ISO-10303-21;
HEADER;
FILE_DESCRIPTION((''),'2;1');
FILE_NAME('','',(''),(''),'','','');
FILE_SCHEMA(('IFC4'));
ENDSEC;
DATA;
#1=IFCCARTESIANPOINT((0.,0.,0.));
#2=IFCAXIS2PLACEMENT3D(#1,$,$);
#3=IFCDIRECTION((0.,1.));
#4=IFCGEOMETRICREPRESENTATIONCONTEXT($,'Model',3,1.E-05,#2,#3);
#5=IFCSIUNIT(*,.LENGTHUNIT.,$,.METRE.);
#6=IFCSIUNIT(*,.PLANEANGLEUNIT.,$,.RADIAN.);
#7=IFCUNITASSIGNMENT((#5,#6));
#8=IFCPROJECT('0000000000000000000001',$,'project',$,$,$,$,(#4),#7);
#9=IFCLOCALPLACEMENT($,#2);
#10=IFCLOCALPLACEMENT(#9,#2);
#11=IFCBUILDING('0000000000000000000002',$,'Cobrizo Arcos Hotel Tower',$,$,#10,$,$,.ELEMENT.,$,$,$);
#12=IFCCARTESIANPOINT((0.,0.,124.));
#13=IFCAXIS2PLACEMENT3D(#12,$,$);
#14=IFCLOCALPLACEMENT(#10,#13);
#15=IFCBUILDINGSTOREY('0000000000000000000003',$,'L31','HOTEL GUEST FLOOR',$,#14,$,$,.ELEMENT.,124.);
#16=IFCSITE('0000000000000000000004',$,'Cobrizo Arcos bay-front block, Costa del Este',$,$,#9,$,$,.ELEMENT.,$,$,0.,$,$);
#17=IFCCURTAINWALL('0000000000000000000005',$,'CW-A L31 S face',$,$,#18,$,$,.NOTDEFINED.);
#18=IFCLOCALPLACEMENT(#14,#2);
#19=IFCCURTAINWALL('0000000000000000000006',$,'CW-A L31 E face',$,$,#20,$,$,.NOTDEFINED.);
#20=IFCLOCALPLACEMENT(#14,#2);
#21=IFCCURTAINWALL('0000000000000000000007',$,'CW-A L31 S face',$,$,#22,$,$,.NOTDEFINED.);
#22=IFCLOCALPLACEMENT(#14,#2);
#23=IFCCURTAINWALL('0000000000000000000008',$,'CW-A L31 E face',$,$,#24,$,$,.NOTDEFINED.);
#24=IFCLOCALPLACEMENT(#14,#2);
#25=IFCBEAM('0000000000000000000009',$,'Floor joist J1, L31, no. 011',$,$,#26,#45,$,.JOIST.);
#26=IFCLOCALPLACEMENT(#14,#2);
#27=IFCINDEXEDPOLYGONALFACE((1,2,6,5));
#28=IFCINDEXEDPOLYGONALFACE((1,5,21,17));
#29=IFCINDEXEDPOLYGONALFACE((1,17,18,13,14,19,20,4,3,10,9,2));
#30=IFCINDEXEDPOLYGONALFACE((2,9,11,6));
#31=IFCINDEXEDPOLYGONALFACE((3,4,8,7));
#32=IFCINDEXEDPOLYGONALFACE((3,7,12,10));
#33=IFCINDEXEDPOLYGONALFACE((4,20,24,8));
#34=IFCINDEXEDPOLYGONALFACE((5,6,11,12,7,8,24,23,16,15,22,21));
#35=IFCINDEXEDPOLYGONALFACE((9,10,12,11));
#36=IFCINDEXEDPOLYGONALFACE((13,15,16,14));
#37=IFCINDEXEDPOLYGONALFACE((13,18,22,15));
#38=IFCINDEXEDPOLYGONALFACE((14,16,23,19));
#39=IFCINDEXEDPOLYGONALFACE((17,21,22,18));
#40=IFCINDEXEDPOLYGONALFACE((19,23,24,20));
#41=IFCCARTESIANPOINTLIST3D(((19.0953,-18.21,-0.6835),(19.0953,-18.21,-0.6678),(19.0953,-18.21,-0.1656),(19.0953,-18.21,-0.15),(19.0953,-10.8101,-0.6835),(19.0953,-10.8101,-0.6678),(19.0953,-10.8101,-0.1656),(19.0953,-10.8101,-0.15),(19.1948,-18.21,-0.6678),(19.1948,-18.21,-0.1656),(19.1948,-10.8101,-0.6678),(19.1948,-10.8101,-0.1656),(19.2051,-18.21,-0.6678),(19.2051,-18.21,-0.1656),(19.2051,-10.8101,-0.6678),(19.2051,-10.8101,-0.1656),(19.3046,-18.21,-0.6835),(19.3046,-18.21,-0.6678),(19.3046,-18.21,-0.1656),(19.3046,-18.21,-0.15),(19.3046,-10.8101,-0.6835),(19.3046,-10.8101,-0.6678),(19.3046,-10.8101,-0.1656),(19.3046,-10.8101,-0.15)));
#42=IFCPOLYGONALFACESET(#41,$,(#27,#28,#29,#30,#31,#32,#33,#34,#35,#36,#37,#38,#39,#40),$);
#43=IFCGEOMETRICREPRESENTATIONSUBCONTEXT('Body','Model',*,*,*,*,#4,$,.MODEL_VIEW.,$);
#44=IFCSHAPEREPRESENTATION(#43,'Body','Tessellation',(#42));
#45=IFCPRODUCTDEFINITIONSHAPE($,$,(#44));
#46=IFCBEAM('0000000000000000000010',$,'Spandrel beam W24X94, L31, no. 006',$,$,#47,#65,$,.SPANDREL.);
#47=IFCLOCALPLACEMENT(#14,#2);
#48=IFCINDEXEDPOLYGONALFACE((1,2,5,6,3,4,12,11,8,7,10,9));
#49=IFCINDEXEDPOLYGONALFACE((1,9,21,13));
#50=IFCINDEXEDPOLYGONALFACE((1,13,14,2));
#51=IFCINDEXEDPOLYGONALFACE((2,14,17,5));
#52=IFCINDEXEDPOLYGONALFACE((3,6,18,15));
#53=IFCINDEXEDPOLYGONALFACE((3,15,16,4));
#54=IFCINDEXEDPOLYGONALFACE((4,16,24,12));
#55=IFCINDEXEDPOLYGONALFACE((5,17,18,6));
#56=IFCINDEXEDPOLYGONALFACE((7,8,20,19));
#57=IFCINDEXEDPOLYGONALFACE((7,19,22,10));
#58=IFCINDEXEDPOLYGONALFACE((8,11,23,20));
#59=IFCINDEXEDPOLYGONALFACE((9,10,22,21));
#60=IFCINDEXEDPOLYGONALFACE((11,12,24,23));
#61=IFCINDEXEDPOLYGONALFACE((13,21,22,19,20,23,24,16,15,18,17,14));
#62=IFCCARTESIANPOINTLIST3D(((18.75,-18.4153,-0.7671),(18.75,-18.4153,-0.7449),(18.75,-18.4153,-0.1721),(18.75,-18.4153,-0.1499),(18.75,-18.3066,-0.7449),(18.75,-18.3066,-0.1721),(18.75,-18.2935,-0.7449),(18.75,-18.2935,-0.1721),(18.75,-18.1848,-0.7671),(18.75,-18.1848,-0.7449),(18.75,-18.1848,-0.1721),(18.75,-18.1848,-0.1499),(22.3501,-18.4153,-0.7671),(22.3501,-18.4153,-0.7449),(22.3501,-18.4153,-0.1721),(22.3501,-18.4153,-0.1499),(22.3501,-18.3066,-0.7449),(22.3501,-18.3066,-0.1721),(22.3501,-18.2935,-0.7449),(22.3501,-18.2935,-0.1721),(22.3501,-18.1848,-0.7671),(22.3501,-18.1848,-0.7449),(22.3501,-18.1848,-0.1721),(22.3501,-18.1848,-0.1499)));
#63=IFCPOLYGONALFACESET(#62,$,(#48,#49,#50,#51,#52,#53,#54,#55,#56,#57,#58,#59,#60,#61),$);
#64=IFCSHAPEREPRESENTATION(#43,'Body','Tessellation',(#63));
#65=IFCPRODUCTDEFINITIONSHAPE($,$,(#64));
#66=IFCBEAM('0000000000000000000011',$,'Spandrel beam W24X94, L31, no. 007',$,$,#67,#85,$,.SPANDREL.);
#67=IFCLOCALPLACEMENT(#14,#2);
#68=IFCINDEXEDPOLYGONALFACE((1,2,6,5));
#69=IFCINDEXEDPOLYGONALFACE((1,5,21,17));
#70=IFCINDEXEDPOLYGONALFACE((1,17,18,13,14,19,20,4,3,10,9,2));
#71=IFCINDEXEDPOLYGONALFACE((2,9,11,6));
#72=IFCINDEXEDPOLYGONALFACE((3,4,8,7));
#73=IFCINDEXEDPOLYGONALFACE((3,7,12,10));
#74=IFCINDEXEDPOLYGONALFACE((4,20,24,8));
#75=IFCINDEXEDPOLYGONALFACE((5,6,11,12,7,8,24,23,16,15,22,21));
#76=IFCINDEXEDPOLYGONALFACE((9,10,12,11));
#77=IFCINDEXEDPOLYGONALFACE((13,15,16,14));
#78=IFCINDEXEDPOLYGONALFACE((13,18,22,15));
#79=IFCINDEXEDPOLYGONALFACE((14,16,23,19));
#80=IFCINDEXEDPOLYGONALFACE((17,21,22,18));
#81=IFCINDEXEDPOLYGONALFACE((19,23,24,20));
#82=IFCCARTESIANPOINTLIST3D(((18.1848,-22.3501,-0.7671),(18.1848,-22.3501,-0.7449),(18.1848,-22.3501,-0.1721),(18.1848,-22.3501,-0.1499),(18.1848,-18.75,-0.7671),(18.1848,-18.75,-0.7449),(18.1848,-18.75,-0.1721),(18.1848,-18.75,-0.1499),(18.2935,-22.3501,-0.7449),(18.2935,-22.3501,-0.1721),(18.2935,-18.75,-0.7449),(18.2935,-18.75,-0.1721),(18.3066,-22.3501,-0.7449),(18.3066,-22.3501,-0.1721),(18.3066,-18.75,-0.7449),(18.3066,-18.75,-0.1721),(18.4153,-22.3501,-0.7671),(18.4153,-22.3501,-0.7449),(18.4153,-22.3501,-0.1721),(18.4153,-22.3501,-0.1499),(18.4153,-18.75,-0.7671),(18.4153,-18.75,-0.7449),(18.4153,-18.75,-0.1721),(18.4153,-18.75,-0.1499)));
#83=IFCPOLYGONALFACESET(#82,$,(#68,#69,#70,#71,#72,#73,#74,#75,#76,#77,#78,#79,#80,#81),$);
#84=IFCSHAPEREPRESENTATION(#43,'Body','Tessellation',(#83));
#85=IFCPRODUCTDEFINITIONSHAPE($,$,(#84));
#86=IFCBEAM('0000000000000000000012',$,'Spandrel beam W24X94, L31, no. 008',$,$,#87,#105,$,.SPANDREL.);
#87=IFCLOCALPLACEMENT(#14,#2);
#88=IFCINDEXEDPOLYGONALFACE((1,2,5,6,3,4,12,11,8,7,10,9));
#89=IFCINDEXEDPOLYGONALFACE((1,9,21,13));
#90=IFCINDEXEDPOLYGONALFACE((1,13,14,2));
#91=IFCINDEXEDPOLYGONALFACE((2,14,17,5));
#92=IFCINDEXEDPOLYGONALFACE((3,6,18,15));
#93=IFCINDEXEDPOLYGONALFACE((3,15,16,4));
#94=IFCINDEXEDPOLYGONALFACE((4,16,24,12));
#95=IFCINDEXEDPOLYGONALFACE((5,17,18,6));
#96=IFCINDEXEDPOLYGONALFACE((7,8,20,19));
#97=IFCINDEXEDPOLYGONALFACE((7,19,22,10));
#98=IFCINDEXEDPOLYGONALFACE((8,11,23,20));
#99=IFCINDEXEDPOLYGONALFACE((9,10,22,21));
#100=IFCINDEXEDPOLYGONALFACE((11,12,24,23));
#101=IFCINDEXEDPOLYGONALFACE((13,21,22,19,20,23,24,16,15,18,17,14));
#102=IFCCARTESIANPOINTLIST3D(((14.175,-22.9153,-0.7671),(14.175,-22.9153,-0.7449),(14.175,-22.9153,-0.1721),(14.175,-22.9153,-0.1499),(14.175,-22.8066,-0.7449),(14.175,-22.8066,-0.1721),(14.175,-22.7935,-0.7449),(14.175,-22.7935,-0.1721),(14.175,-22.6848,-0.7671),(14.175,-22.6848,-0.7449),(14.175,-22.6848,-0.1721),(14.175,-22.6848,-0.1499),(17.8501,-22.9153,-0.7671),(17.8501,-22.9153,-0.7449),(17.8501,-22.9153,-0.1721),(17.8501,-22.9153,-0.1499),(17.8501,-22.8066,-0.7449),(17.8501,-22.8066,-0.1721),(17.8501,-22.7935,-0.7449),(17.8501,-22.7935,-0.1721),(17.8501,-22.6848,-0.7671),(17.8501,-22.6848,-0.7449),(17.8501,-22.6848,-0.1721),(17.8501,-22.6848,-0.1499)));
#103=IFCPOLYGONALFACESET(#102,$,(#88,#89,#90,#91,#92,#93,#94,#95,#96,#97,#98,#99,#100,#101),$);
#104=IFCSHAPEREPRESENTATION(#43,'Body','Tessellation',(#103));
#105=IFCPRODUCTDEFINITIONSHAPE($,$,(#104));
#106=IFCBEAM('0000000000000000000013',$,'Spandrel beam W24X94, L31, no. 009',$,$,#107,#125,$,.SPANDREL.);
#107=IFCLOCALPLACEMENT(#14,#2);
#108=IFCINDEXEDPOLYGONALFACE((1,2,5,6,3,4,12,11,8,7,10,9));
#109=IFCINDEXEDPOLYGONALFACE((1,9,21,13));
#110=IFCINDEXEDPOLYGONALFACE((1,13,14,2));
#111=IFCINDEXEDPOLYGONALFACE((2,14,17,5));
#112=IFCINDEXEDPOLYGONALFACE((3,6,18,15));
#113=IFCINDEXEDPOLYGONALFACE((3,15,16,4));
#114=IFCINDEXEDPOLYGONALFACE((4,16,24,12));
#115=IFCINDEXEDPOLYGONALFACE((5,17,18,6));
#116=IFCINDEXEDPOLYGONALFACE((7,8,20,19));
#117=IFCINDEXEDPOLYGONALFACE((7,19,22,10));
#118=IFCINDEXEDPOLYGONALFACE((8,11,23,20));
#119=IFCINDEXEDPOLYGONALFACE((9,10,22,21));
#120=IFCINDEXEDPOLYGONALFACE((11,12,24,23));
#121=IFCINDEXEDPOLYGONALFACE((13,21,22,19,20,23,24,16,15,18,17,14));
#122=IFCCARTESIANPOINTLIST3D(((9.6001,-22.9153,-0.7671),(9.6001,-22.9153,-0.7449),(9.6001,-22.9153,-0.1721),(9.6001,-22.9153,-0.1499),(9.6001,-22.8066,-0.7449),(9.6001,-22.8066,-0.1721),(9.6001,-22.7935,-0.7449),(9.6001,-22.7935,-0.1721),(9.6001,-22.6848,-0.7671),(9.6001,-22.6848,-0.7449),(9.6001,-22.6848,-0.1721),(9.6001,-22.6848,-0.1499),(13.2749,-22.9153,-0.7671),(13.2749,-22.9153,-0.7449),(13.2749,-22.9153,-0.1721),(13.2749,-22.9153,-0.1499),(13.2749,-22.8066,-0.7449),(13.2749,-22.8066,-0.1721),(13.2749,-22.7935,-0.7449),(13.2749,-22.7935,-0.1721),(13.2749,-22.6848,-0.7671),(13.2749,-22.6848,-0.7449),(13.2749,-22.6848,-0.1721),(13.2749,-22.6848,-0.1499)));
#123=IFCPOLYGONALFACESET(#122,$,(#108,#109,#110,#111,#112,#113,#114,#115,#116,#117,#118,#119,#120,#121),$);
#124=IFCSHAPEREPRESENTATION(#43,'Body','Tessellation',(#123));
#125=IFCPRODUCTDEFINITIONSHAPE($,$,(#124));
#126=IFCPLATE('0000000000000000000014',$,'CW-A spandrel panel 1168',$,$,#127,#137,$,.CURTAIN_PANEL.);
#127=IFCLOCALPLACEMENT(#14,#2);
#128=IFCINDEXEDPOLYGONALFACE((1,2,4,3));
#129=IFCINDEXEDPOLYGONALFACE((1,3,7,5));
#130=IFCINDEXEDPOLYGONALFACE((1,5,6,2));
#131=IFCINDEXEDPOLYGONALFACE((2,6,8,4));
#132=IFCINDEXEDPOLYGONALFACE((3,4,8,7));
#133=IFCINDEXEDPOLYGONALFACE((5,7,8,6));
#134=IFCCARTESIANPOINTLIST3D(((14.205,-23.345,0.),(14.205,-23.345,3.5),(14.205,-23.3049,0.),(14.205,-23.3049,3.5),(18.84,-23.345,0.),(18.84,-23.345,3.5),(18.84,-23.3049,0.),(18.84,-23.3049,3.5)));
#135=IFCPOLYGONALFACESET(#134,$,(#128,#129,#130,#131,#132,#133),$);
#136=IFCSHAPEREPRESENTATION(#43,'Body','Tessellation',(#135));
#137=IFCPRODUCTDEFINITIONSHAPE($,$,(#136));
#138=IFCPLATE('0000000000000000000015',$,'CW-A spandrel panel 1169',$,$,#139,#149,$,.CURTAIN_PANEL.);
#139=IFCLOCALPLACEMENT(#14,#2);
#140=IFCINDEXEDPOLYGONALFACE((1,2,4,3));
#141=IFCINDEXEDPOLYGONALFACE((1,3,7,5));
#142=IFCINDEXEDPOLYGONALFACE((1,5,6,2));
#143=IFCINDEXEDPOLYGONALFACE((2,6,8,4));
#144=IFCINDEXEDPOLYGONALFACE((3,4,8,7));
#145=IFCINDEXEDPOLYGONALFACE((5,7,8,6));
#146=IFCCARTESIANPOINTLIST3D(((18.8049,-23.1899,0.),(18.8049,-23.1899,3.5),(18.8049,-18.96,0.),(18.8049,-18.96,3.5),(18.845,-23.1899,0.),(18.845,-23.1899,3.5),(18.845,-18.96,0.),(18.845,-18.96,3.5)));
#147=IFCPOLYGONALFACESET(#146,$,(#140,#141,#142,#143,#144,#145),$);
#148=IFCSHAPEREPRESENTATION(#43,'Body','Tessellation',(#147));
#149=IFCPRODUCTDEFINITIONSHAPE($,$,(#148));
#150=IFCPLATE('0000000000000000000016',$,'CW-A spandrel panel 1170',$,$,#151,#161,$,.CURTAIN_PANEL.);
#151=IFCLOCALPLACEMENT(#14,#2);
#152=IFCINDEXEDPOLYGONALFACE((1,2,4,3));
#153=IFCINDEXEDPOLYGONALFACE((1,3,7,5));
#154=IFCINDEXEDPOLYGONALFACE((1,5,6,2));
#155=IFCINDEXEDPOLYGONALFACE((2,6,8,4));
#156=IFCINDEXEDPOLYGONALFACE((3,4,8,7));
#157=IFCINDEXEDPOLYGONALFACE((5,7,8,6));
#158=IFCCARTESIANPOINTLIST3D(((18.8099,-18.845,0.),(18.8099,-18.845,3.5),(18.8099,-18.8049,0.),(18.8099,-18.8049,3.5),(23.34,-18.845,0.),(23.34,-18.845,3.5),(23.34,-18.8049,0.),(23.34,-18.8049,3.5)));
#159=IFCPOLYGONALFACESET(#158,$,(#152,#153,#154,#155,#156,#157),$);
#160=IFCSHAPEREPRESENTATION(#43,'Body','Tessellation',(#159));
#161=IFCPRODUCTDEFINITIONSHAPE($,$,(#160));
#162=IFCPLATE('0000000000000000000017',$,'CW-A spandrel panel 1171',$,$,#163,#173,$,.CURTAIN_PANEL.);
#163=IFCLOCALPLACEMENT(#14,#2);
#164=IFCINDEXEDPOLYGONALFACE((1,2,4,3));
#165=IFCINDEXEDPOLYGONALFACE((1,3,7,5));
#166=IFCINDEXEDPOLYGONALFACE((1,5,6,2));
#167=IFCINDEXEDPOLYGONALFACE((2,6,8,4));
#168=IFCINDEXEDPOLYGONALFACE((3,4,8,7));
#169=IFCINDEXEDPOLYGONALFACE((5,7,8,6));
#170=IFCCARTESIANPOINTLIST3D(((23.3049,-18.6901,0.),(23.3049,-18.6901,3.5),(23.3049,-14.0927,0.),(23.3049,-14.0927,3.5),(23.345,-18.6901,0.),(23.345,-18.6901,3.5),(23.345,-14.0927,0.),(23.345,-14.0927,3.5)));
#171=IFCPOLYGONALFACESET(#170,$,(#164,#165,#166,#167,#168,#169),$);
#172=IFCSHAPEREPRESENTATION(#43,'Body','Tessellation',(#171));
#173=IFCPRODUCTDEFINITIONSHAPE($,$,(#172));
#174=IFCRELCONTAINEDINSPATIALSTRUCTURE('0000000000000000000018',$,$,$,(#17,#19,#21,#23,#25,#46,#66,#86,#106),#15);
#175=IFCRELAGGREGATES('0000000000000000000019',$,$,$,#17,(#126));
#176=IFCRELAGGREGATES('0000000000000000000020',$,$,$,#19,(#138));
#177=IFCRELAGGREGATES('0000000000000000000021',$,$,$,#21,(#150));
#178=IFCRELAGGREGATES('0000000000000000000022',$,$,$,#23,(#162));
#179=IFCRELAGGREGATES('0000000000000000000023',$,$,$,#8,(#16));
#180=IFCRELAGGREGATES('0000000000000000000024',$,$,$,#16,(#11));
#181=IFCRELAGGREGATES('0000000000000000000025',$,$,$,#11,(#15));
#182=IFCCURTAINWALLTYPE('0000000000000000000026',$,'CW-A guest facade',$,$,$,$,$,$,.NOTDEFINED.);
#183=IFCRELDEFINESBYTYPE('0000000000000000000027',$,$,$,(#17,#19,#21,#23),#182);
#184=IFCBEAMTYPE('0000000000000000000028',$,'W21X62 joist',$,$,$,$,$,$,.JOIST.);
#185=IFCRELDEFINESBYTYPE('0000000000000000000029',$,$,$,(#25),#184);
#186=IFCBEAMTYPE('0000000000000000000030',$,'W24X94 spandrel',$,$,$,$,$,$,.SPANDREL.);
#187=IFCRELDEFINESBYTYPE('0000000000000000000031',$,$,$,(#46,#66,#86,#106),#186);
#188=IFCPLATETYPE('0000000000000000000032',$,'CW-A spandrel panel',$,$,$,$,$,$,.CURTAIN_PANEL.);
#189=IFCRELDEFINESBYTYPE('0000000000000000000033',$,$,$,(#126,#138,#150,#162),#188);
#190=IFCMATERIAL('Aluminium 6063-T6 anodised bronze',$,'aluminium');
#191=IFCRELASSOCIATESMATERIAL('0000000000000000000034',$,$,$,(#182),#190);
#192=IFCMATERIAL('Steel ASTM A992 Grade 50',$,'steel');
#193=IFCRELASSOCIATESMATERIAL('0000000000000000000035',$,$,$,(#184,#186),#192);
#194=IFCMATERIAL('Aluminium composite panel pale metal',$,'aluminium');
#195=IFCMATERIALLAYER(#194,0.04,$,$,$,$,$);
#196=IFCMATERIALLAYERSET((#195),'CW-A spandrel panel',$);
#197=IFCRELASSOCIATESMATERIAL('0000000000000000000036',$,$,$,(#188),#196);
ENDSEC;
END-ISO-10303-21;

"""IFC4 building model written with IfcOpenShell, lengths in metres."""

from ifc_helpers import new_model, si_unit, direction, frame, origin, origin_2d, place, context, subcontext, project, spatial, rectangle, i_section, extrude, material, layer, layer_set, material_profile, profile_set, type_object, element, aggregate, save


model = new_model("IFC4")

# Units and contexts
model_context = context("Model", 3, precision=1e-05, world=origin(), true_north=direction((0.0, 1.0)))
body_context = subcontext(model_context, "Body", "Model", "MODEL_VIEW")
ifc_project = project(units=[si_unit("LENGTHUNIT", "METRE"), si_unit("PLANEANGLEUNIT", "RADIAN")], contexts=[model_context])

# Site, building, storey
site_placement = place(None, origin())
site = spatial("IfcSite", under=ifc_project, at=site_placement, Name="Cobrizo Arcos bay-front block, Costa del Este", CompositionType="ELEMENT", RefElevation=0.0)
building_placement = place(site_placement, origin())
building = spatial("IfcBuilding", under=site, at=building_placement, Name="Cobrizo Arcos Hotel Tower", CompositionType="ELEMENT")
storey_placement = place(building_placement, frame((0.0, 0.0, 124.0)))
storey = spatial("IfcBuildingStorey", under=building, at=storey_placement, Name="L31", Description="HOTEL GUEST FLOOR", CompositionType="ELEMENT", Elevation=124.0)

# Curtain walls
ifc_material_1 = material(Name="Aluminium 6063-T6 anodised bronze", Category="aluminium")
curtain_wall_type = type_object("IfcCurtainWallType", Name="CW-A guest facade", PredefinedType="NOTDEFINED", material=ifc_material_1)
curtain_wall_1_placement = place(storey_placement, origin())
curtain_wall_1 = element("IfcCurtainWall", 1, at=curtain_wall_1_placement, inside=storey, type_object=curtain_wall_type, Name="CW-A L31 S face", PredefinedType="NOTDEFINED")
curtain_wall_2_placement = place(storey_placement, origin())
curtain_wall_2 = element("IfcCurtainWall", 2, at=curtain_wall_2_placement, inside=storey, type_object=curtain_wall_type, Name="CW-A L31 E face", PredefinedType="NOTDEFINED")
curtain_wall_3_placement = place(storey_placement, origin())
curtain_wall_3 = element("IfcCurtainWall", 3, at=curtain_wall_3_placement, inside=storey, type_object=curtain_wall_type, Name="CW-A L31 S face", PredefinedType="NOTDEFINED")

# Curtain wall
curtain_wall_4_placement = place(storey_placement, origin())
curtain_wall_4 = element("IfcCurtainWall", 4, at=curtain_wall_4_placement, inside=storey, type_object=curtain_wall_type, Name="CW-A L31 E face", PredefinedType="NOTDEFINED")

# Beams
ifc_material_2 = material(Name="Steel ASTM A992 Grade 50", Category="steel")
ifc_material_profile_1 = material_profile(ifc_material_2, i_section(OverallWidth=0.2092, OverallDepth=0.5334, WebThickness=0.0103, FlangeThickness=0.0156, at=origin_2d()), Name="W21X62")
ifc_profile_set_1 = profile_set([ifc_material_profile_1], Name="Steel ASTM A992 Grade 50")
beam_type_1 = type_object("IfcBeamType", Name="W21X62 joist", PredefinedType="JOIST", material=ifc_profile_set_1)
beam_1_placement = place(storey_placement, frame((19.2, -18.21, -0.4167), z_axis=(0.0, 1.0, 0.0), x_axis=(-1.0, 0.0, 0.0)))
element("IfcBeam", 5, at=beam_1_placement, inside=storey, type_object=beam_type_1, Name="Floor joist J1, L31, no. 011", PredefinedType="JOIST", context=body_context, shape_type="SweptSolid", body=[
    extrude(i_section(OverallWidth=0.2092, OverallDepth=0.5334, WebThickness=0.0103, FlangeThickness=0.0156, at=origin_2d()), origin(), (0.0, 0.0, 1.0), 7.3999),
])
ifc_material_profile_2 = material_profile(ifc_material_2, i_section(OverallWidth=0.2305, OverallDepth=0.6172, WebThickness=0.0132, FlangeThickness=0.0222, at=origin_2d()), Name="W24X94")
ifc_profile_set_2 = profile_set([ifc_material_profile_2], Name="Steel ASTM A992 Grade 50")
beam_type_2 = type_object("IfcBeamType", Name="W24X94 spandrel", PredefinedType="SPANDREL", material=ifc_profile_set_2)
for number, where, z_axis, x_axis, name in (
    (6, (22.3501, -18.3, -0.4585), (-1.0, 0.0, 0.0), (0.0, -1.0, 0.0), "Spandrel beam W24X94, L31, no. 006"),
    (7, (18.3, -18.75, -0.4585), (0.0, -1.0, 0.0), (1.0, 0.0, 0.0), "Spandrel beam W24X94, L31, no. 007"),
):
    element("IfcBeam", number, at=place(storey_placement, frame(where, z_axis=z_axis, x_axis=x_axis)), inside=storey, type_object=beam_type_2, Name=name, PredefinedType="SPANDREL", context=body_context, shape_type="SweptSolid", body=[
        extrude(i_section(OverallWidth=0.2305, OverallDepth=0.6172, WebThickness=0.0132, FlangeThickness=0.0222, at=origin_2d()), origin(), (0.0, 0.0, 1.0), 3.6001),
    ])
beam_2_placement = place(storey_placement, frame((17.8501, -22.8, -0.4585), z_axis=(-1.0, 0.0, 0.0), x_axis=(0.0, -1.0, 0.0)))
element("IfcBeam", 8, at=beam_2_placement, inside=storey, type_object=beam_type_2, Name="Spandrel beam W24X94, L31, no. 008", PredefinedType="SPANDREL", context=body_context, shape_type="SweptSolid", body=[
    extrude(i_section(OverallWidth=0.2305, OverallDepth=0.6172, WebThickness=0.0132, FlangeThickness=0.0222, at=origin_2d()), origin(), (0.0, 0.0, 1.0), 3.675),
])
beam_3_placement = place(storey_placement, frame((13.2749, -22.8, -0.4585), z_axis=(-1.0, 0.0, 0.0), x_axis=(0.0, -1.0, 0.0)))
element("IfcBeam", 9, at=beam_3_placement, inside=storey, type_object=beam_type_2, Name="Spandrel beam W24X94, L31, no. 009", PredefinedType="SPANDREL", context=body_context, shape_type="SweptSolid", body=[
    extrude(i_section(OverallWidth=0.2305, OverallDepth=0.6172, WebThickness=0.0132, FlangeThickness=0.0222, at=origin_2d()), origin(), (0.0, 0.0, 1.0), 3.6748),
])

# Plates
ifc_material_3 = material(Name="Aluminium composite panel pale metal", Category="aluminium")
ifc_layer_1 = layer(ifc_material_3, 0.04)
ifc_layer_set_1 = layer_set([ifc_layer_1], Name="CW-A spandrel panel")
plate_type = type_object("IfcPlateType", Name="CW-A spandrel panel", PredefinedType="CURTAIN_PANEL", material=ifc_layer_set_1)
plate_1_placement = place(storey_placement, frame((16.5225, -23.325, 0.0), z_axis=(0.0, 0.0, 1.0), x_axis=(1.0, 0.0, 0.0)))
plate_1 = element("IfcPlate", 10, at=plate_1_placement, type_object=plate_type, Name="CW-A spandrel panel 1168", PredefinedType="CURTAIN_PANEL", context=body_context, shape_type="SweptSolid", body=[
    extrude(rectangle(XDim=4.635, YDim=0.04, at=origin_2d()), origin(), (0.0, 0.0, 1.0), 3.5),
])
aggregate(curtain_wall_1, [plate_1])
plate_2_placement = place(storey_placement, frame((18.825, -21.075, 0.0), z_axis=(0.0, 0.0, 1.0), x_axis=(0.0, 1.0, 0.0)))
plate_2 = element("IfcPlate", 11, at=plate_2_placement, type_object=plate_type, Name="CW-A spandrel panel 1169", PredefinedType="CURTAIN_PANEL", context=body_context, shape_type="SweptSolid", body=[
    extrude(rectangle(XDim=4.23, YDim=0.04, at=origin_2d()), origin(), (0.0, 0.0, 1.0), 3.5),
])
aggregate(curtain_wall_2, [plate_2])
plate_3_placement = place(storey_placement, frame((21.075, -18.825, 0.0), z_axis=(0.0, 0.0, 1.0), x_axis=(1.0, 0.0, 0.0)))
plate_3 = element("IfcPlate", 12, at=plate_3_placement, type_object=plate_type, Name="CW-A spandrel panel 1170", PredefinedType="CURTAIN_PANEL", context=body_context, shape_type="SweptSolid", body=[
    extrude(rectangle(XDim=4.53, YDim=0.04, at=origin_2d()), origin(), (0.0, 0.0, 1.0), 3.5),
])
aggregate(curtain_wall_3, [plate_3])
plate_4_placement = place(storey_placement, frame((23.325, -16.3914, 0.0), z_axis=(0.0, 0.0, 1.0), x_axis=(0.0, 1.0, 0.0)))
plate_4 = element("IfcPlate", 13, at=plate_4_placement, type_object=plate_type, Name="CW-A spandrel panel 1171", PredefinedType="CURTAIN_PANEL", context=body_context, shape_type="SweptSolid", body=[
    extrude(rectangle(XDim=4.5974, YDim=0.04, at=origin_2d()), origin(), (0.0, 0.0, 1.0), 3.5),
])
aggregate(curtain_wall_4, [plate_4])

save(model, "model.ifc")
